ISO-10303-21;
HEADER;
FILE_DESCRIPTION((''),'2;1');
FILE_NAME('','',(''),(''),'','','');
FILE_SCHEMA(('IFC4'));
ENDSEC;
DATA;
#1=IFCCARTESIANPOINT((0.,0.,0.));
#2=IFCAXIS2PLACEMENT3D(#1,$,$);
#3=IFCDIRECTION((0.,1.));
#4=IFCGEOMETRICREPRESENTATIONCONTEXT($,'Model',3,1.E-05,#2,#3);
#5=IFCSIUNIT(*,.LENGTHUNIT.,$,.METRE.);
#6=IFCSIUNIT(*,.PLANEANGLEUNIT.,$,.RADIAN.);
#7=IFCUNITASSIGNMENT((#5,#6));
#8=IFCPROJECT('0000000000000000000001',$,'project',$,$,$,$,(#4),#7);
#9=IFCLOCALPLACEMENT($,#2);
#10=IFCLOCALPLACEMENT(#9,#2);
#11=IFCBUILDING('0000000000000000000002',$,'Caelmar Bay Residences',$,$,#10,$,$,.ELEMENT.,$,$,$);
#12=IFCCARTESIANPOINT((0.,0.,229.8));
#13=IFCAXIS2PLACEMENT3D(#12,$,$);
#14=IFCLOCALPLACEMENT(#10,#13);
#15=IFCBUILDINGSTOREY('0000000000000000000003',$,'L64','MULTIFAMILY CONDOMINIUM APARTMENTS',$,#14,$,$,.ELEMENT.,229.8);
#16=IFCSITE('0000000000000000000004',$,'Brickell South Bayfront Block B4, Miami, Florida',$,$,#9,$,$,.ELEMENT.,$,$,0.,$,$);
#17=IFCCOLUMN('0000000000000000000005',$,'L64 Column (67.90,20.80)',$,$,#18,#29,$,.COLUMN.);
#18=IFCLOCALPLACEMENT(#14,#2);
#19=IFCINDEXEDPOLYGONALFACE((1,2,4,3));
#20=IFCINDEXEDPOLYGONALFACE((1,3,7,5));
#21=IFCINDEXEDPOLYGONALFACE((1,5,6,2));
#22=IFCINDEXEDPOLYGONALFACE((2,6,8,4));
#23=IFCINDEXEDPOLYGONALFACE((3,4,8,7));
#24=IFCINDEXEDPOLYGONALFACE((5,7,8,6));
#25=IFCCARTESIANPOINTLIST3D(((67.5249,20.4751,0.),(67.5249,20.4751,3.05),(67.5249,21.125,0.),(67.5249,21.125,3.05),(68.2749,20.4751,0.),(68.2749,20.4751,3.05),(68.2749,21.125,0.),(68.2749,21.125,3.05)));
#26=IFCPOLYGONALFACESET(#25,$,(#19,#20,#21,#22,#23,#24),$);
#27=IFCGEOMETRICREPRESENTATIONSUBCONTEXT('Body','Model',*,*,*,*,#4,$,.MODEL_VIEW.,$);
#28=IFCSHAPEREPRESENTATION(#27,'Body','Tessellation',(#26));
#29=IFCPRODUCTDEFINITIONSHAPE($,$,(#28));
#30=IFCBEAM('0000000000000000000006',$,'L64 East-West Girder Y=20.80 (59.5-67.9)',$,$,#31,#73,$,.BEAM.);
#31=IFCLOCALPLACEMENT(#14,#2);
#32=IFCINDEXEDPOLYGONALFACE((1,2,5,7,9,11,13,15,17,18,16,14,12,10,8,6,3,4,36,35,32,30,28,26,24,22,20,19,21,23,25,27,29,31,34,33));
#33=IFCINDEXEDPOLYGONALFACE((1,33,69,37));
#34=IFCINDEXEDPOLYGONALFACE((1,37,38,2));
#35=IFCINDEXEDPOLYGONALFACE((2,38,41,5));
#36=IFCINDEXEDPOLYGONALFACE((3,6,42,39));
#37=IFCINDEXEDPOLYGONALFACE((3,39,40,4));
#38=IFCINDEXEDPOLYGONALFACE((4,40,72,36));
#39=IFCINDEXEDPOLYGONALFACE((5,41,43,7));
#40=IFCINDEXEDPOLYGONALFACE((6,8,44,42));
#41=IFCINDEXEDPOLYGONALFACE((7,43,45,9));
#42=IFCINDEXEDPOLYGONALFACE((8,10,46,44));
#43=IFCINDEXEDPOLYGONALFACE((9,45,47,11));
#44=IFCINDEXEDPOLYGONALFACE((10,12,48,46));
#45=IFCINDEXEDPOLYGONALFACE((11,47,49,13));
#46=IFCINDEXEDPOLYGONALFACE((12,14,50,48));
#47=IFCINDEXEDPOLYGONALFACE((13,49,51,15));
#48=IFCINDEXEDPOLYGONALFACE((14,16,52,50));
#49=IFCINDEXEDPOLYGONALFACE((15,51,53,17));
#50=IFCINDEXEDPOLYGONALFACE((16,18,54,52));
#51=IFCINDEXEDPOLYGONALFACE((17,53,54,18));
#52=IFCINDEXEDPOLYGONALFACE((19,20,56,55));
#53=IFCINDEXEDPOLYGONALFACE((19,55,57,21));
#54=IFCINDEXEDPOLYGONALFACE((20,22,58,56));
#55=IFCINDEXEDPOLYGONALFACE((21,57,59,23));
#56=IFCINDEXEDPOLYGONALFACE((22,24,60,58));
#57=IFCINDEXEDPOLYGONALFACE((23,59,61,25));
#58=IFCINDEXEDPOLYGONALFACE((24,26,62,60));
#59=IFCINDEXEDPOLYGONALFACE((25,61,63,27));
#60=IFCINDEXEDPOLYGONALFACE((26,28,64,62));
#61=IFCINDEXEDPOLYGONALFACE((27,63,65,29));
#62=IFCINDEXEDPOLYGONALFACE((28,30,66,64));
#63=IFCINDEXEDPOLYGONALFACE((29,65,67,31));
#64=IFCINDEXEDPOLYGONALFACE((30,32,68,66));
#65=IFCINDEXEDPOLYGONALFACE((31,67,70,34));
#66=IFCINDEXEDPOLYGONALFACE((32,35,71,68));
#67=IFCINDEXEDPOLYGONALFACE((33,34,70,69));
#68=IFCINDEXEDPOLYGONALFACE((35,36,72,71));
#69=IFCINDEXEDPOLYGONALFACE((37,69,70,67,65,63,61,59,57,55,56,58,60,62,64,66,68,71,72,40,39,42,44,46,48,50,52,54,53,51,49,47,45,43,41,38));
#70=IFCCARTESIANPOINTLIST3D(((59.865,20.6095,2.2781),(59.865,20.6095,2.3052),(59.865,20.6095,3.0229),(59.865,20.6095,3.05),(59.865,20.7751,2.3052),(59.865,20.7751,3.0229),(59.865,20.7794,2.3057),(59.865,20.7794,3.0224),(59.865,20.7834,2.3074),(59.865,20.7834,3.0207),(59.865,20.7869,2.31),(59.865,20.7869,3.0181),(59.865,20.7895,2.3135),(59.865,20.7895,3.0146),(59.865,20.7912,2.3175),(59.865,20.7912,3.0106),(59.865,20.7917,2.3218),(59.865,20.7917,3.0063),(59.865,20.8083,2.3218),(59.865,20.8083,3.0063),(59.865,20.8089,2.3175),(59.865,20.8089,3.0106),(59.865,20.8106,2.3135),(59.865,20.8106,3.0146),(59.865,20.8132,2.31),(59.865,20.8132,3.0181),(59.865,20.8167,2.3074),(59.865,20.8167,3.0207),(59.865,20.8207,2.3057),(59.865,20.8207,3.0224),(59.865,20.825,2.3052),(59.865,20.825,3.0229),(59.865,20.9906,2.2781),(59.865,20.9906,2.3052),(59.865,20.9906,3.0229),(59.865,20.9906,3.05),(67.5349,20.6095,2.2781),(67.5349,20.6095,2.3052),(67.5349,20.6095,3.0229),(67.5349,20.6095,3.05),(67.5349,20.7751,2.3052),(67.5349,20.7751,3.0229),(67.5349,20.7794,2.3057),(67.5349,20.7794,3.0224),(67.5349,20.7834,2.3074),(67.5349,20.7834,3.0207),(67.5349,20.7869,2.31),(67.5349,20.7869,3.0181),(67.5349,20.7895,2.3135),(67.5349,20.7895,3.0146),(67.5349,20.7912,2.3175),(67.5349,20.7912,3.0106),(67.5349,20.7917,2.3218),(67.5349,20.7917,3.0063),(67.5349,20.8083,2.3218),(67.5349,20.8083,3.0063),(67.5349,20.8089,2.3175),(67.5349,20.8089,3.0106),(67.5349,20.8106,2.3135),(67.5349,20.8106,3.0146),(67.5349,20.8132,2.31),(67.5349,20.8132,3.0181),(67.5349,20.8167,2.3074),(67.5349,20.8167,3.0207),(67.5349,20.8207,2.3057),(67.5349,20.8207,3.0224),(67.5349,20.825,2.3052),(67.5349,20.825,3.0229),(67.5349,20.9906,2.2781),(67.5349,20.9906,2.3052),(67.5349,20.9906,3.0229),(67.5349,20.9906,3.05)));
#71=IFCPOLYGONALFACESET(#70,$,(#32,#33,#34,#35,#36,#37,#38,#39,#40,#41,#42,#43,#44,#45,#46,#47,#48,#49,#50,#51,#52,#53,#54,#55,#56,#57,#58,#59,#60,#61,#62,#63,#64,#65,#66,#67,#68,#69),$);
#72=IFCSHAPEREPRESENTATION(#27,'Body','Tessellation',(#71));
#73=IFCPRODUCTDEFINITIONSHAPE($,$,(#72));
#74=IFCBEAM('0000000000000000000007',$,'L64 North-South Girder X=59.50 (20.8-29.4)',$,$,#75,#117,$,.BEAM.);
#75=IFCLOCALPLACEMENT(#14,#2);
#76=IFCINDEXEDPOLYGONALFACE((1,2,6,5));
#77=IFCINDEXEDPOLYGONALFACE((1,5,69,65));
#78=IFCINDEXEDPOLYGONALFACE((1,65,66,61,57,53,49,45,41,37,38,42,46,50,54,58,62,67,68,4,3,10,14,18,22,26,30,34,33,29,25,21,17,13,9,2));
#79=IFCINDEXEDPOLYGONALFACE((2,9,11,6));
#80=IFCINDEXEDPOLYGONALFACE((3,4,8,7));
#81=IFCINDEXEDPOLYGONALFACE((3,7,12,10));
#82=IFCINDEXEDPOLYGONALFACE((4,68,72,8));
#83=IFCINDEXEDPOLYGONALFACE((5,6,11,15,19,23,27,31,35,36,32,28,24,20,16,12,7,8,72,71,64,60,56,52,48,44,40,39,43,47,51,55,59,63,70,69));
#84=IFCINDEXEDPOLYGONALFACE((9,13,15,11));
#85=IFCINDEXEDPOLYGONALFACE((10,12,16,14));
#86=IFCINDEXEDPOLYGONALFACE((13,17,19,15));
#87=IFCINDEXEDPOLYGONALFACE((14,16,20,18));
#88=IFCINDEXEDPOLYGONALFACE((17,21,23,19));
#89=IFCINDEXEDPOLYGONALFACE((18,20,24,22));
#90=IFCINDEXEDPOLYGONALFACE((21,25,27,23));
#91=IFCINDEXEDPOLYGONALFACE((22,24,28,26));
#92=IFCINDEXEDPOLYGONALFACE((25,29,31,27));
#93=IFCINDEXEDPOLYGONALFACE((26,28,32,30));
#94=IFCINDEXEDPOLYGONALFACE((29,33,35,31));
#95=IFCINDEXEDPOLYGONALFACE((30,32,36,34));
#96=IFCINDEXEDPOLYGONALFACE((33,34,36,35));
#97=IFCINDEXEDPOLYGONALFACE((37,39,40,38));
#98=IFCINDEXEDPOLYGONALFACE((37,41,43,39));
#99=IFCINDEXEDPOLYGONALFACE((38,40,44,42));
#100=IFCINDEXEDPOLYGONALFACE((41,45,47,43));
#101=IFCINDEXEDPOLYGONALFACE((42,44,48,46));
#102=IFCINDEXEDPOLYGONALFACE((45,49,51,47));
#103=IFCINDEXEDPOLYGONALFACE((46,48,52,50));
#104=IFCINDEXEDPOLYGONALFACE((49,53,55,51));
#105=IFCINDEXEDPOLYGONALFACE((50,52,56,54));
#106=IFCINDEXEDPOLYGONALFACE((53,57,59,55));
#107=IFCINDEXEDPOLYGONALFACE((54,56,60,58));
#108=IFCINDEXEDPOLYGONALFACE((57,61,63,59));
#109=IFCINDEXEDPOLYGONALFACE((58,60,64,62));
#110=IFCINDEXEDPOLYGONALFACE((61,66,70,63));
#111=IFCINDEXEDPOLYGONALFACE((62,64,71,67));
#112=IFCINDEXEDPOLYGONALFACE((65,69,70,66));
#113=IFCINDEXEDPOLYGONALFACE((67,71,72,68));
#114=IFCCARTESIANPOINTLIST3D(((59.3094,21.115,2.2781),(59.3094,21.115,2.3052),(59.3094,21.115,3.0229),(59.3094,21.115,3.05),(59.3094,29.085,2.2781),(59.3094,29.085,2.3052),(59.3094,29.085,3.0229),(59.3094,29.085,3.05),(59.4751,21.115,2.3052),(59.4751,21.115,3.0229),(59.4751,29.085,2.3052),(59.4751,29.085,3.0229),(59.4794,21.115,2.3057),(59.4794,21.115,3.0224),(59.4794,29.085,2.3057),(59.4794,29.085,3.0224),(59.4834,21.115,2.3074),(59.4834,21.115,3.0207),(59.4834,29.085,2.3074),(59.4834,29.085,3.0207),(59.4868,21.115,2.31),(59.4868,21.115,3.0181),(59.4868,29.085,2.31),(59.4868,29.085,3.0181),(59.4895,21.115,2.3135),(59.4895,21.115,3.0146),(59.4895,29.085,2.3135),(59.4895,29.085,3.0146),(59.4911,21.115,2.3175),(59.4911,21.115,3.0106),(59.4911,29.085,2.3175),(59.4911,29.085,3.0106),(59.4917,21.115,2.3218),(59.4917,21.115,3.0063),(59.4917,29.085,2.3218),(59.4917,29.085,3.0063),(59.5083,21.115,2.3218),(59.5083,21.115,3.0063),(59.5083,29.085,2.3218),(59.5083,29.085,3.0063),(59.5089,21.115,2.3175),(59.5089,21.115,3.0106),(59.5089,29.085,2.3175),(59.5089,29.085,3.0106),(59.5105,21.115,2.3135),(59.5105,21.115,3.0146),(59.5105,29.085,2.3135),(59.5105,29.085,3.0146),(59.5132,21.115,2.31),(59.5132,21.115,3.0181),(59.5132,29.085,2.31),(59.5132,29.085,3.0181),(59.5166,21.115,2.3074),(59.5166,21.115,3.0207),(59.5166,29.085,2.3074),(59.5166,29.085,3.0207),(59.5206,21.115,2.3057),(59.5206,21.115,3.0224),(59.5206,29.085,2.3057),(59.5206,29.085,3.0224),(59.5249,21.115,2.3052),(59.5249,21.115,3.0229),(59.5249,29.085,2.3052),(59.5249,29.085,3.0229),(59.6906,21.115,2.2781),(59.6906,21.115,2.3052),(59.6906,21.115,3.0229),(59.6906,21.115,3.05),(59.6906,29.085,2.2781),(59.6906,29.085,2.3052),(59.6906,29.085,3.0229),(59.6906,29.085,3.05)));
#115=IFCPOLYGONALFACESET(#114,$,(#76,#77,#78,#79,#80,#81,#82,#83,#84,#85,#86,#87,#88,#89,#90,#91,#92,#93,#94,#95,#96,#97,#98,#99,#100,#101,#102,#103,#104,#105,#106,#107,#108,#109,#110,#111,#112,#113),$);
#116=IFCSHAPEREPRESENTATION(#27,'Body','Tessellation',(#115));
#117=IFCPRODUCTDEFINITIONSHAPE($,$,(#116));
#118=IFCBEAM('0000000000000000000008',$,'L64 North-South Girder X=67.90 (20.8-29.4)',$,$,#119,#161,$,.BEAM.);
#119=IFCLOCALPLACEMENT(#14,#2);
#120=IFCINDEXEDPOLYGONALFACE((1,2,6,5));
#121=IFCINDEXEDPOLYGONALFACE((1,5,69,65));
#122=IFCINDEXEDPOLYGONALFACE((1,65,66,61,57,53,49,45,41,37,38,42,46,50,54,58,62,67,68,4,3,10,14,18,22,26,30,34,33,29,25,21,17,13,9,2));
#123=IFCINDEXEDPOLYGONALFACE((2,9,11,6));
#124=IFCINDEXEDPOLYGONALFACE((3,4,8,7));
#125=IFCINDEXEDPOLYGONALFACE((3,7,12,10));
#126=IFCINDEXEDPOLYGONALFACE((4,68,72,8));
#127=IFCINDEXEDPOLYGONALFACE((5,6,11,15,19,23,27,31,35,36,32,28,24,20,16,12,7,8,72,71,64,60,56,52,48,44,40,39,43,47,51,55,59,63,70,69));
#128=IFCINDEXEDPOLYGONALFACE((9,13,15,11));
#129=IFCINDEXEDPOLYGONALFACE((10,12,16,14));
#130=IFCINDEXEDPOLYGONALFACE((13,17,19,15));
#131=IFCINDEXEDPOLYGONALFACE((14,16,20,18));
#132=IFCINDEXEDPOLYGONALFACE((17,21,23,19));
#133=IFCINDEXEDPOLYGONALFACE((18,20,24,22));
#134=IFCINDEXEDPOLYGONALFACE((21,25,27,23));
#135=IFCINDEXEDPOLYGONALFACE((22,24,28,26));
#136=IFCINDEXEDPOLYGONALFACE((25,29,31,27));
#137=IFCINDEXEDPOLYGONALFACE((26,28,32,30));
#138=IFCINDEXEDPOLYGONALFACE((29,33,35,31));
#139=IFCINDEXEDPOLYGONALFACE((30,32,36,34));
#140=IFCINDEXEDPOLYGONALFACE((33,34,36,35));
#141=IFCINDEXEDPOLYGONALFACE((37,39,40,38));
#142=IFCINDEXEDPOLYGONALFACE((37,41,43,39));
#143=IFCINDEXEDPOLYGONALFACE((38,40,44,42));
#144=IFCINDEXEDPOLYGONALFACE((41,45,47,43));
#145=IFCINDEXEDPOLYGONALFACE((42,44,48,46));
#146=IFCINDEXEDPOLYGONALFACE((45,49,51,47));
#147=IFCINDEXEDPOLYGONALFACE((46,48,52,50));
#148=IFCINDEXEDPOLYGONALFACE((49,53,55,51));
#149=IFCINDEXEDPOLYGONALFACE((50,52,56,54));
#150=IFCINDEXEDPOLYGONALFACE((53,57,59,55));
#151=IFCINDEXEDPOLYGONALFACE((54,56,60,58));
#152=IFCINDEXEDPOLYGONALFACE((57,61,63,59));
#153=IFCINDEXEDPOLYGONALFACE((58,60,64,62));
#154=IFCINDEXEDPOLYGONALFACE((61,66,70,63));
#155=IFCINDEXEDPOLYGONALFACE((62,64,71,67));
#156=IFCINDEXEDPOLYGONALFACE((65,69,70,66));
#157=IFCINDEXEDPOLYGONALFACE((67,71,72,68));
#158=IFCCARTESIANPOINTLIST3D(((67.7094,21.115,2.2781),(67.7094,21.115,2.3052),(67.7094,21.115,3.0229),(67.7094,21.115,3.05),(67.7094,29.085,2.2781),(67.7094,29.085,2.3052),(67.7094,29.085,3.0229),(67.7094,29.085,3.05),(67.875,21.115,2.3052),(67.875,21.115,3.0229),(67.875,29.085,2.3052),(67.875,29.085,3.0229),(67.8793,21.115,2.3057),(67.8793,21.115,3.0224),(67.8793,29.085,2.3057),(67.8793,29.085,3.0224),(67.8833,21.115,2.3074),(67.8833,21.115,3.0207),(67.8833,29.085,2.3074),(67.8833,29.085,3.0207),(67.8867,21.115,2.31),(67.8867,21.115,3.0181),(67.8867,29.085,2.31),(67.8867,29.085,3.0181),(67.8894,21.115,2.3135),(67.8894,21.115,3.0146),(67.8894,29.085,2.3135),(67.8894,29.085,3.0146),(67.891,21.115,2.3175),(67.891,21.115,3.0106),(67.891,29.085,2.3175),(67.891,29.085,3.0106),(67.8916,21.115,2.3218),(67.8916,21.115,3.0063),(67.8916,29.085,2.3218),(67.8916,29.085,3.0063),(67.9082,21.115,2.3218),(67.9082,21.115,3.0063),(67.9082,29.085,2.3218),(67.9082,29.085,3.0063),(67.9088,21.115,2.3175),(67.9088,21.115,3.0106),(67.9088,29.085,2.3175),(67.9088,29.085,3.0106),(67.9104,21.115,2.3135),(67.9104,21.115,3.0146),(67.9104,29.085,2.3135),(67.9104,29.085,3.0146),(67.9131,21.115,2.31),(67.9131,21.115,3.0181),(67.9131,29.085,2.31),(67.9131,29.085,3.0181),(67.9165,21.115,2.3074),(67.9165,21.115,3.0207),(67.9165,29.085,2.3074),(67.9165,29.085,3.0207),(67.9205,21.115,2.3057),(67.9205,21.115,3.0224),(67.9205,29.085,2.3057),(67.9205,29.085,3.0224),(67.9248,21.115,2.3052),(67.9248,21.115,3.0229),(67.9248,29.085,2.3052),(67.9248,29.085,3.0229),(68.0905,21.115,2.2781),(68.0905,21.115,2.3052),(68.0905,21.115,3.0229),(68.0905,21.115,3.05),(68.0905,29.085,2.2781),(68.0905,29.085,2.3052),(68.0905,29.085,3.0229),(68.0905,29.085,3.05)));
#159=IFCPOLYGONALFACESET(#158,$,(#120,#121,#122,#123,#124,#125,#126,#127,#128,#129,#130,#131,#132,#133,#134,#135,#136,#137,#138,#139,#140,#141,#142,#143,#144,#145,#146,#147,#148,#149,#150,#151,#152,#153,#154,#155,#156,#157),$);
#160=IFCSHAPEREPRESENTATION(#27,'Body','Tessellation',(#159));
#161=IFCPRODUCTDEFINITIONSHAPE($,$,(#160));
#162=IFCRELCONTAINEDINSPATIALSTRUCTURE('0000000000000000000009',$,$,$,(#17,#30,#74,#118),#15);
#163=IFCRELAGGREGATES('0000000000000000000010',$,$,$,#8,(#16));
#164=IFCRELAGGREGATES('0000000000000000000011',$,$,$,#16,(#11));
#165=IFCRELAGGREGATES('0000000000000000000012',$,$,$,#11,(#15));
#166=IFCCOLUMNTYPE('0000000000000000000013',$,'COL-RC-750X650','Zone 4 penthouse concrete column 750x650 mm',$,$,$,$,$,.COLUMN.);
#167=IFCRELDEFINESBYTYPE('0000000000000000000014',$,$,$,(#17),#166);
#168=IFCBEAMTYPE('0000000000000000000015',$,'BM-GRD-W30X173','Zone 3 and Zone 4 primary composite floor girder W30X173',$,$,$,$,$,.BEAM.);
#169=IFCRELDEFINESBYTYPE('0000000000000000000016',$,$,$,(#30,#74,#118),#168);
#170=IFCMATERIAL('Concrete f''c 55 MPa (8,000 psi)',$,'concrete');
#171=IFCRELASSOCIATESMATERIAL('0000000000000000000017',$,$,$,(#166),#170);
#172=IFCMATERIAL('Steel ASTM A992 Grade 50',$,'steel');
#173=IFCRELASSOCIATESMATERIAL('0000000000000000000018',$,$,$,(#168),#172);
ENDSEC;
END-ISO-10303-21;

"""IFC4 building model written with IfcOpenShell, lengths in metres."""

from ifc_helpers import new_model, si_unit, direction, frame, origin, origin_2d, place, context, subcontext, project, spatial, rectangle, i_section, extrude, material, material_profile, profile_set, type_object, element, save


model = new_model("IFC4")

# Units and contexts
model_context = context("Model", 3, precision=1e-05, world=origin(), true_north=direction((0.0, 1.0)))
body_context = subcontext(model_context, "Body", "Model", "MODEL_VIEW")
ifc_project = project(units=[si_unit("LENGTHUNIT", "METRE"), si_unit("PLANEANGLEUNIT", "RADIAN")], contexts=[model_context])

# Site, building, storey
site_placement = place(None, origin())
site = spatial("IfcSite", under=ifc_project, at=site_placement, Name="Brickell South Bayfront Block B4, Miami, Florida", CompositionType="ELEMENT", RefElevation=0.0)
building_placement = place(site_placement, origin())
building = spatial("IfcBuilding", under=site, at=building_placement, Name="Caelmar Bay Residences", CompositionType="ELEMENT")
storey_placement = place(building_placement, frame((0.0, 0.0, 229.8)))
storey = spatial("IfcBuildingStorey", under=building, at=storey_placement, Name="L64", Description="MULTIFAMILY CONDOMINIUM APARTMENTS", CompositionType="ELEMENT", Elevation=229.8)

# Column
ifc_material_1 = material(Name="Concrete f'c 55 MPa (8,000 psi)", Category="concrete")
ifc_material_profile_1 = material_profile(ifc_material_1, rectangle(XDim=0.75, YDim=0.6499, at=origin_2d()), Name="RC-COL-750X650")
ifc_profile_set_1 = profile_set([ifc_material_profile_1], Name="Concrete f'c 55 MPa (8,000 psi)")
column_type = type_object("IfcColumnType", Name="COL-RC-750X650", Description="Zone 4 penthouse concrete column 750x650 mm", PredefinedType="COLUMN", material=ifc_profile_set_1)
column_placement = place(storey_placement, frame((67.8999, 20.8, 0.0), z_axis=(0.0, 0.0, 1.0), x_axis=(1.0, 0.0, 0.0)))
element("IfcColumn", 1, at=column_placement, inside=storey, type_object=column_type, Name="L64 Column (67.90,20.80)", PredefinedType="COLUMN", context=body_context, shape_type="SweptSolid", body=[
    extrude(rectangle(XDim=0.75, YDim=0.6499, at=origin_2d()), origin(), (0.0, 0.0, 1.0), 3.05),
])

# Beams
ifc_material_2 = material(Name="Steel ASTM A992 Grade 50", Category="steel")
ifc_material_profile_2 = material_profile(ifc_material_2, i_section(OverallWidth=0.3811, OverallDepth=0.772, WebThickness=0.0166, FlangeThickness=0.0271, FilletRadius=0.0166, at=origin_2d()), Name="W30X173")
ifc_profile_set_2 = profile_set([ifc_material_profile_2], Name="Steel ASTM A992 Grade 50")
beam_type_1 = type_object("IfcBeamType", Name="BM-GRD-W30X173", Description="Zone 3 and Zone 4 primary composite floor girder W30X173", PredefinedType="BEAM", material=ifc_profile_set_2)
beam_1_placement = place(storey_placement, frame((59.865, 20.8, 2.6641), z_axis=(1.0, 0.0, 0.0), x_axis=(0.0, 1.0, 0.0)))
element("IfcBeam", 2, at=beam_1_placement, inside=storey, type_object=beam_type_1, Name="L64 East-West Girder Y=20.80 (59.5-67.9)", PredefinedType="BEAM", context=body_context, shape_type="SweptSolid", body=[
    extrude(i_section(OverallWidth=0.3811, OverallDepth=0.772, WebThickness=0.0166, FlangeThickness=0.0271, FilletRadius=0.0166, at=origin_2d()), origin(), (0.0, 0.0, 1.0), 7.6699),
])
for number, where, z_axis, x_axis, name in (
    (3, (59.5, 21.115, 2.6641), (0.0, 1.0, 0.0), (-1.0, 0.0, 0.0), "L64 North-South Girder X=59.50 (20.8-29.4)"),
    (4, (67.8999, 21.115, 2.6641), (0.0, 1.0, 0.0), (-1.0, 0.0, 0.0), "L64 North-South Girder X=67.90 (20.8-29.4)"),
):
    element("IfcBeam", number, at=place(storey_placement, frame(where, z_axis=z_axis, x_axis=x_axis)), inside=storey, type_object=beam_type_1, Name=name, PredefinedType="BEAM", context=body_context, shape_type="SweptSolid", body=[
        extrude(i_section(OverallWidth=0.3811, OverallDepth=0.772, WebThickness=0.0166, FlangeThickness=0.0271, FilletRadius=0.0166, at=origin_2d()), origin(), (0.0, 0.0, 1.0), 7.97),
    ])

save(model, "model.ifc")
